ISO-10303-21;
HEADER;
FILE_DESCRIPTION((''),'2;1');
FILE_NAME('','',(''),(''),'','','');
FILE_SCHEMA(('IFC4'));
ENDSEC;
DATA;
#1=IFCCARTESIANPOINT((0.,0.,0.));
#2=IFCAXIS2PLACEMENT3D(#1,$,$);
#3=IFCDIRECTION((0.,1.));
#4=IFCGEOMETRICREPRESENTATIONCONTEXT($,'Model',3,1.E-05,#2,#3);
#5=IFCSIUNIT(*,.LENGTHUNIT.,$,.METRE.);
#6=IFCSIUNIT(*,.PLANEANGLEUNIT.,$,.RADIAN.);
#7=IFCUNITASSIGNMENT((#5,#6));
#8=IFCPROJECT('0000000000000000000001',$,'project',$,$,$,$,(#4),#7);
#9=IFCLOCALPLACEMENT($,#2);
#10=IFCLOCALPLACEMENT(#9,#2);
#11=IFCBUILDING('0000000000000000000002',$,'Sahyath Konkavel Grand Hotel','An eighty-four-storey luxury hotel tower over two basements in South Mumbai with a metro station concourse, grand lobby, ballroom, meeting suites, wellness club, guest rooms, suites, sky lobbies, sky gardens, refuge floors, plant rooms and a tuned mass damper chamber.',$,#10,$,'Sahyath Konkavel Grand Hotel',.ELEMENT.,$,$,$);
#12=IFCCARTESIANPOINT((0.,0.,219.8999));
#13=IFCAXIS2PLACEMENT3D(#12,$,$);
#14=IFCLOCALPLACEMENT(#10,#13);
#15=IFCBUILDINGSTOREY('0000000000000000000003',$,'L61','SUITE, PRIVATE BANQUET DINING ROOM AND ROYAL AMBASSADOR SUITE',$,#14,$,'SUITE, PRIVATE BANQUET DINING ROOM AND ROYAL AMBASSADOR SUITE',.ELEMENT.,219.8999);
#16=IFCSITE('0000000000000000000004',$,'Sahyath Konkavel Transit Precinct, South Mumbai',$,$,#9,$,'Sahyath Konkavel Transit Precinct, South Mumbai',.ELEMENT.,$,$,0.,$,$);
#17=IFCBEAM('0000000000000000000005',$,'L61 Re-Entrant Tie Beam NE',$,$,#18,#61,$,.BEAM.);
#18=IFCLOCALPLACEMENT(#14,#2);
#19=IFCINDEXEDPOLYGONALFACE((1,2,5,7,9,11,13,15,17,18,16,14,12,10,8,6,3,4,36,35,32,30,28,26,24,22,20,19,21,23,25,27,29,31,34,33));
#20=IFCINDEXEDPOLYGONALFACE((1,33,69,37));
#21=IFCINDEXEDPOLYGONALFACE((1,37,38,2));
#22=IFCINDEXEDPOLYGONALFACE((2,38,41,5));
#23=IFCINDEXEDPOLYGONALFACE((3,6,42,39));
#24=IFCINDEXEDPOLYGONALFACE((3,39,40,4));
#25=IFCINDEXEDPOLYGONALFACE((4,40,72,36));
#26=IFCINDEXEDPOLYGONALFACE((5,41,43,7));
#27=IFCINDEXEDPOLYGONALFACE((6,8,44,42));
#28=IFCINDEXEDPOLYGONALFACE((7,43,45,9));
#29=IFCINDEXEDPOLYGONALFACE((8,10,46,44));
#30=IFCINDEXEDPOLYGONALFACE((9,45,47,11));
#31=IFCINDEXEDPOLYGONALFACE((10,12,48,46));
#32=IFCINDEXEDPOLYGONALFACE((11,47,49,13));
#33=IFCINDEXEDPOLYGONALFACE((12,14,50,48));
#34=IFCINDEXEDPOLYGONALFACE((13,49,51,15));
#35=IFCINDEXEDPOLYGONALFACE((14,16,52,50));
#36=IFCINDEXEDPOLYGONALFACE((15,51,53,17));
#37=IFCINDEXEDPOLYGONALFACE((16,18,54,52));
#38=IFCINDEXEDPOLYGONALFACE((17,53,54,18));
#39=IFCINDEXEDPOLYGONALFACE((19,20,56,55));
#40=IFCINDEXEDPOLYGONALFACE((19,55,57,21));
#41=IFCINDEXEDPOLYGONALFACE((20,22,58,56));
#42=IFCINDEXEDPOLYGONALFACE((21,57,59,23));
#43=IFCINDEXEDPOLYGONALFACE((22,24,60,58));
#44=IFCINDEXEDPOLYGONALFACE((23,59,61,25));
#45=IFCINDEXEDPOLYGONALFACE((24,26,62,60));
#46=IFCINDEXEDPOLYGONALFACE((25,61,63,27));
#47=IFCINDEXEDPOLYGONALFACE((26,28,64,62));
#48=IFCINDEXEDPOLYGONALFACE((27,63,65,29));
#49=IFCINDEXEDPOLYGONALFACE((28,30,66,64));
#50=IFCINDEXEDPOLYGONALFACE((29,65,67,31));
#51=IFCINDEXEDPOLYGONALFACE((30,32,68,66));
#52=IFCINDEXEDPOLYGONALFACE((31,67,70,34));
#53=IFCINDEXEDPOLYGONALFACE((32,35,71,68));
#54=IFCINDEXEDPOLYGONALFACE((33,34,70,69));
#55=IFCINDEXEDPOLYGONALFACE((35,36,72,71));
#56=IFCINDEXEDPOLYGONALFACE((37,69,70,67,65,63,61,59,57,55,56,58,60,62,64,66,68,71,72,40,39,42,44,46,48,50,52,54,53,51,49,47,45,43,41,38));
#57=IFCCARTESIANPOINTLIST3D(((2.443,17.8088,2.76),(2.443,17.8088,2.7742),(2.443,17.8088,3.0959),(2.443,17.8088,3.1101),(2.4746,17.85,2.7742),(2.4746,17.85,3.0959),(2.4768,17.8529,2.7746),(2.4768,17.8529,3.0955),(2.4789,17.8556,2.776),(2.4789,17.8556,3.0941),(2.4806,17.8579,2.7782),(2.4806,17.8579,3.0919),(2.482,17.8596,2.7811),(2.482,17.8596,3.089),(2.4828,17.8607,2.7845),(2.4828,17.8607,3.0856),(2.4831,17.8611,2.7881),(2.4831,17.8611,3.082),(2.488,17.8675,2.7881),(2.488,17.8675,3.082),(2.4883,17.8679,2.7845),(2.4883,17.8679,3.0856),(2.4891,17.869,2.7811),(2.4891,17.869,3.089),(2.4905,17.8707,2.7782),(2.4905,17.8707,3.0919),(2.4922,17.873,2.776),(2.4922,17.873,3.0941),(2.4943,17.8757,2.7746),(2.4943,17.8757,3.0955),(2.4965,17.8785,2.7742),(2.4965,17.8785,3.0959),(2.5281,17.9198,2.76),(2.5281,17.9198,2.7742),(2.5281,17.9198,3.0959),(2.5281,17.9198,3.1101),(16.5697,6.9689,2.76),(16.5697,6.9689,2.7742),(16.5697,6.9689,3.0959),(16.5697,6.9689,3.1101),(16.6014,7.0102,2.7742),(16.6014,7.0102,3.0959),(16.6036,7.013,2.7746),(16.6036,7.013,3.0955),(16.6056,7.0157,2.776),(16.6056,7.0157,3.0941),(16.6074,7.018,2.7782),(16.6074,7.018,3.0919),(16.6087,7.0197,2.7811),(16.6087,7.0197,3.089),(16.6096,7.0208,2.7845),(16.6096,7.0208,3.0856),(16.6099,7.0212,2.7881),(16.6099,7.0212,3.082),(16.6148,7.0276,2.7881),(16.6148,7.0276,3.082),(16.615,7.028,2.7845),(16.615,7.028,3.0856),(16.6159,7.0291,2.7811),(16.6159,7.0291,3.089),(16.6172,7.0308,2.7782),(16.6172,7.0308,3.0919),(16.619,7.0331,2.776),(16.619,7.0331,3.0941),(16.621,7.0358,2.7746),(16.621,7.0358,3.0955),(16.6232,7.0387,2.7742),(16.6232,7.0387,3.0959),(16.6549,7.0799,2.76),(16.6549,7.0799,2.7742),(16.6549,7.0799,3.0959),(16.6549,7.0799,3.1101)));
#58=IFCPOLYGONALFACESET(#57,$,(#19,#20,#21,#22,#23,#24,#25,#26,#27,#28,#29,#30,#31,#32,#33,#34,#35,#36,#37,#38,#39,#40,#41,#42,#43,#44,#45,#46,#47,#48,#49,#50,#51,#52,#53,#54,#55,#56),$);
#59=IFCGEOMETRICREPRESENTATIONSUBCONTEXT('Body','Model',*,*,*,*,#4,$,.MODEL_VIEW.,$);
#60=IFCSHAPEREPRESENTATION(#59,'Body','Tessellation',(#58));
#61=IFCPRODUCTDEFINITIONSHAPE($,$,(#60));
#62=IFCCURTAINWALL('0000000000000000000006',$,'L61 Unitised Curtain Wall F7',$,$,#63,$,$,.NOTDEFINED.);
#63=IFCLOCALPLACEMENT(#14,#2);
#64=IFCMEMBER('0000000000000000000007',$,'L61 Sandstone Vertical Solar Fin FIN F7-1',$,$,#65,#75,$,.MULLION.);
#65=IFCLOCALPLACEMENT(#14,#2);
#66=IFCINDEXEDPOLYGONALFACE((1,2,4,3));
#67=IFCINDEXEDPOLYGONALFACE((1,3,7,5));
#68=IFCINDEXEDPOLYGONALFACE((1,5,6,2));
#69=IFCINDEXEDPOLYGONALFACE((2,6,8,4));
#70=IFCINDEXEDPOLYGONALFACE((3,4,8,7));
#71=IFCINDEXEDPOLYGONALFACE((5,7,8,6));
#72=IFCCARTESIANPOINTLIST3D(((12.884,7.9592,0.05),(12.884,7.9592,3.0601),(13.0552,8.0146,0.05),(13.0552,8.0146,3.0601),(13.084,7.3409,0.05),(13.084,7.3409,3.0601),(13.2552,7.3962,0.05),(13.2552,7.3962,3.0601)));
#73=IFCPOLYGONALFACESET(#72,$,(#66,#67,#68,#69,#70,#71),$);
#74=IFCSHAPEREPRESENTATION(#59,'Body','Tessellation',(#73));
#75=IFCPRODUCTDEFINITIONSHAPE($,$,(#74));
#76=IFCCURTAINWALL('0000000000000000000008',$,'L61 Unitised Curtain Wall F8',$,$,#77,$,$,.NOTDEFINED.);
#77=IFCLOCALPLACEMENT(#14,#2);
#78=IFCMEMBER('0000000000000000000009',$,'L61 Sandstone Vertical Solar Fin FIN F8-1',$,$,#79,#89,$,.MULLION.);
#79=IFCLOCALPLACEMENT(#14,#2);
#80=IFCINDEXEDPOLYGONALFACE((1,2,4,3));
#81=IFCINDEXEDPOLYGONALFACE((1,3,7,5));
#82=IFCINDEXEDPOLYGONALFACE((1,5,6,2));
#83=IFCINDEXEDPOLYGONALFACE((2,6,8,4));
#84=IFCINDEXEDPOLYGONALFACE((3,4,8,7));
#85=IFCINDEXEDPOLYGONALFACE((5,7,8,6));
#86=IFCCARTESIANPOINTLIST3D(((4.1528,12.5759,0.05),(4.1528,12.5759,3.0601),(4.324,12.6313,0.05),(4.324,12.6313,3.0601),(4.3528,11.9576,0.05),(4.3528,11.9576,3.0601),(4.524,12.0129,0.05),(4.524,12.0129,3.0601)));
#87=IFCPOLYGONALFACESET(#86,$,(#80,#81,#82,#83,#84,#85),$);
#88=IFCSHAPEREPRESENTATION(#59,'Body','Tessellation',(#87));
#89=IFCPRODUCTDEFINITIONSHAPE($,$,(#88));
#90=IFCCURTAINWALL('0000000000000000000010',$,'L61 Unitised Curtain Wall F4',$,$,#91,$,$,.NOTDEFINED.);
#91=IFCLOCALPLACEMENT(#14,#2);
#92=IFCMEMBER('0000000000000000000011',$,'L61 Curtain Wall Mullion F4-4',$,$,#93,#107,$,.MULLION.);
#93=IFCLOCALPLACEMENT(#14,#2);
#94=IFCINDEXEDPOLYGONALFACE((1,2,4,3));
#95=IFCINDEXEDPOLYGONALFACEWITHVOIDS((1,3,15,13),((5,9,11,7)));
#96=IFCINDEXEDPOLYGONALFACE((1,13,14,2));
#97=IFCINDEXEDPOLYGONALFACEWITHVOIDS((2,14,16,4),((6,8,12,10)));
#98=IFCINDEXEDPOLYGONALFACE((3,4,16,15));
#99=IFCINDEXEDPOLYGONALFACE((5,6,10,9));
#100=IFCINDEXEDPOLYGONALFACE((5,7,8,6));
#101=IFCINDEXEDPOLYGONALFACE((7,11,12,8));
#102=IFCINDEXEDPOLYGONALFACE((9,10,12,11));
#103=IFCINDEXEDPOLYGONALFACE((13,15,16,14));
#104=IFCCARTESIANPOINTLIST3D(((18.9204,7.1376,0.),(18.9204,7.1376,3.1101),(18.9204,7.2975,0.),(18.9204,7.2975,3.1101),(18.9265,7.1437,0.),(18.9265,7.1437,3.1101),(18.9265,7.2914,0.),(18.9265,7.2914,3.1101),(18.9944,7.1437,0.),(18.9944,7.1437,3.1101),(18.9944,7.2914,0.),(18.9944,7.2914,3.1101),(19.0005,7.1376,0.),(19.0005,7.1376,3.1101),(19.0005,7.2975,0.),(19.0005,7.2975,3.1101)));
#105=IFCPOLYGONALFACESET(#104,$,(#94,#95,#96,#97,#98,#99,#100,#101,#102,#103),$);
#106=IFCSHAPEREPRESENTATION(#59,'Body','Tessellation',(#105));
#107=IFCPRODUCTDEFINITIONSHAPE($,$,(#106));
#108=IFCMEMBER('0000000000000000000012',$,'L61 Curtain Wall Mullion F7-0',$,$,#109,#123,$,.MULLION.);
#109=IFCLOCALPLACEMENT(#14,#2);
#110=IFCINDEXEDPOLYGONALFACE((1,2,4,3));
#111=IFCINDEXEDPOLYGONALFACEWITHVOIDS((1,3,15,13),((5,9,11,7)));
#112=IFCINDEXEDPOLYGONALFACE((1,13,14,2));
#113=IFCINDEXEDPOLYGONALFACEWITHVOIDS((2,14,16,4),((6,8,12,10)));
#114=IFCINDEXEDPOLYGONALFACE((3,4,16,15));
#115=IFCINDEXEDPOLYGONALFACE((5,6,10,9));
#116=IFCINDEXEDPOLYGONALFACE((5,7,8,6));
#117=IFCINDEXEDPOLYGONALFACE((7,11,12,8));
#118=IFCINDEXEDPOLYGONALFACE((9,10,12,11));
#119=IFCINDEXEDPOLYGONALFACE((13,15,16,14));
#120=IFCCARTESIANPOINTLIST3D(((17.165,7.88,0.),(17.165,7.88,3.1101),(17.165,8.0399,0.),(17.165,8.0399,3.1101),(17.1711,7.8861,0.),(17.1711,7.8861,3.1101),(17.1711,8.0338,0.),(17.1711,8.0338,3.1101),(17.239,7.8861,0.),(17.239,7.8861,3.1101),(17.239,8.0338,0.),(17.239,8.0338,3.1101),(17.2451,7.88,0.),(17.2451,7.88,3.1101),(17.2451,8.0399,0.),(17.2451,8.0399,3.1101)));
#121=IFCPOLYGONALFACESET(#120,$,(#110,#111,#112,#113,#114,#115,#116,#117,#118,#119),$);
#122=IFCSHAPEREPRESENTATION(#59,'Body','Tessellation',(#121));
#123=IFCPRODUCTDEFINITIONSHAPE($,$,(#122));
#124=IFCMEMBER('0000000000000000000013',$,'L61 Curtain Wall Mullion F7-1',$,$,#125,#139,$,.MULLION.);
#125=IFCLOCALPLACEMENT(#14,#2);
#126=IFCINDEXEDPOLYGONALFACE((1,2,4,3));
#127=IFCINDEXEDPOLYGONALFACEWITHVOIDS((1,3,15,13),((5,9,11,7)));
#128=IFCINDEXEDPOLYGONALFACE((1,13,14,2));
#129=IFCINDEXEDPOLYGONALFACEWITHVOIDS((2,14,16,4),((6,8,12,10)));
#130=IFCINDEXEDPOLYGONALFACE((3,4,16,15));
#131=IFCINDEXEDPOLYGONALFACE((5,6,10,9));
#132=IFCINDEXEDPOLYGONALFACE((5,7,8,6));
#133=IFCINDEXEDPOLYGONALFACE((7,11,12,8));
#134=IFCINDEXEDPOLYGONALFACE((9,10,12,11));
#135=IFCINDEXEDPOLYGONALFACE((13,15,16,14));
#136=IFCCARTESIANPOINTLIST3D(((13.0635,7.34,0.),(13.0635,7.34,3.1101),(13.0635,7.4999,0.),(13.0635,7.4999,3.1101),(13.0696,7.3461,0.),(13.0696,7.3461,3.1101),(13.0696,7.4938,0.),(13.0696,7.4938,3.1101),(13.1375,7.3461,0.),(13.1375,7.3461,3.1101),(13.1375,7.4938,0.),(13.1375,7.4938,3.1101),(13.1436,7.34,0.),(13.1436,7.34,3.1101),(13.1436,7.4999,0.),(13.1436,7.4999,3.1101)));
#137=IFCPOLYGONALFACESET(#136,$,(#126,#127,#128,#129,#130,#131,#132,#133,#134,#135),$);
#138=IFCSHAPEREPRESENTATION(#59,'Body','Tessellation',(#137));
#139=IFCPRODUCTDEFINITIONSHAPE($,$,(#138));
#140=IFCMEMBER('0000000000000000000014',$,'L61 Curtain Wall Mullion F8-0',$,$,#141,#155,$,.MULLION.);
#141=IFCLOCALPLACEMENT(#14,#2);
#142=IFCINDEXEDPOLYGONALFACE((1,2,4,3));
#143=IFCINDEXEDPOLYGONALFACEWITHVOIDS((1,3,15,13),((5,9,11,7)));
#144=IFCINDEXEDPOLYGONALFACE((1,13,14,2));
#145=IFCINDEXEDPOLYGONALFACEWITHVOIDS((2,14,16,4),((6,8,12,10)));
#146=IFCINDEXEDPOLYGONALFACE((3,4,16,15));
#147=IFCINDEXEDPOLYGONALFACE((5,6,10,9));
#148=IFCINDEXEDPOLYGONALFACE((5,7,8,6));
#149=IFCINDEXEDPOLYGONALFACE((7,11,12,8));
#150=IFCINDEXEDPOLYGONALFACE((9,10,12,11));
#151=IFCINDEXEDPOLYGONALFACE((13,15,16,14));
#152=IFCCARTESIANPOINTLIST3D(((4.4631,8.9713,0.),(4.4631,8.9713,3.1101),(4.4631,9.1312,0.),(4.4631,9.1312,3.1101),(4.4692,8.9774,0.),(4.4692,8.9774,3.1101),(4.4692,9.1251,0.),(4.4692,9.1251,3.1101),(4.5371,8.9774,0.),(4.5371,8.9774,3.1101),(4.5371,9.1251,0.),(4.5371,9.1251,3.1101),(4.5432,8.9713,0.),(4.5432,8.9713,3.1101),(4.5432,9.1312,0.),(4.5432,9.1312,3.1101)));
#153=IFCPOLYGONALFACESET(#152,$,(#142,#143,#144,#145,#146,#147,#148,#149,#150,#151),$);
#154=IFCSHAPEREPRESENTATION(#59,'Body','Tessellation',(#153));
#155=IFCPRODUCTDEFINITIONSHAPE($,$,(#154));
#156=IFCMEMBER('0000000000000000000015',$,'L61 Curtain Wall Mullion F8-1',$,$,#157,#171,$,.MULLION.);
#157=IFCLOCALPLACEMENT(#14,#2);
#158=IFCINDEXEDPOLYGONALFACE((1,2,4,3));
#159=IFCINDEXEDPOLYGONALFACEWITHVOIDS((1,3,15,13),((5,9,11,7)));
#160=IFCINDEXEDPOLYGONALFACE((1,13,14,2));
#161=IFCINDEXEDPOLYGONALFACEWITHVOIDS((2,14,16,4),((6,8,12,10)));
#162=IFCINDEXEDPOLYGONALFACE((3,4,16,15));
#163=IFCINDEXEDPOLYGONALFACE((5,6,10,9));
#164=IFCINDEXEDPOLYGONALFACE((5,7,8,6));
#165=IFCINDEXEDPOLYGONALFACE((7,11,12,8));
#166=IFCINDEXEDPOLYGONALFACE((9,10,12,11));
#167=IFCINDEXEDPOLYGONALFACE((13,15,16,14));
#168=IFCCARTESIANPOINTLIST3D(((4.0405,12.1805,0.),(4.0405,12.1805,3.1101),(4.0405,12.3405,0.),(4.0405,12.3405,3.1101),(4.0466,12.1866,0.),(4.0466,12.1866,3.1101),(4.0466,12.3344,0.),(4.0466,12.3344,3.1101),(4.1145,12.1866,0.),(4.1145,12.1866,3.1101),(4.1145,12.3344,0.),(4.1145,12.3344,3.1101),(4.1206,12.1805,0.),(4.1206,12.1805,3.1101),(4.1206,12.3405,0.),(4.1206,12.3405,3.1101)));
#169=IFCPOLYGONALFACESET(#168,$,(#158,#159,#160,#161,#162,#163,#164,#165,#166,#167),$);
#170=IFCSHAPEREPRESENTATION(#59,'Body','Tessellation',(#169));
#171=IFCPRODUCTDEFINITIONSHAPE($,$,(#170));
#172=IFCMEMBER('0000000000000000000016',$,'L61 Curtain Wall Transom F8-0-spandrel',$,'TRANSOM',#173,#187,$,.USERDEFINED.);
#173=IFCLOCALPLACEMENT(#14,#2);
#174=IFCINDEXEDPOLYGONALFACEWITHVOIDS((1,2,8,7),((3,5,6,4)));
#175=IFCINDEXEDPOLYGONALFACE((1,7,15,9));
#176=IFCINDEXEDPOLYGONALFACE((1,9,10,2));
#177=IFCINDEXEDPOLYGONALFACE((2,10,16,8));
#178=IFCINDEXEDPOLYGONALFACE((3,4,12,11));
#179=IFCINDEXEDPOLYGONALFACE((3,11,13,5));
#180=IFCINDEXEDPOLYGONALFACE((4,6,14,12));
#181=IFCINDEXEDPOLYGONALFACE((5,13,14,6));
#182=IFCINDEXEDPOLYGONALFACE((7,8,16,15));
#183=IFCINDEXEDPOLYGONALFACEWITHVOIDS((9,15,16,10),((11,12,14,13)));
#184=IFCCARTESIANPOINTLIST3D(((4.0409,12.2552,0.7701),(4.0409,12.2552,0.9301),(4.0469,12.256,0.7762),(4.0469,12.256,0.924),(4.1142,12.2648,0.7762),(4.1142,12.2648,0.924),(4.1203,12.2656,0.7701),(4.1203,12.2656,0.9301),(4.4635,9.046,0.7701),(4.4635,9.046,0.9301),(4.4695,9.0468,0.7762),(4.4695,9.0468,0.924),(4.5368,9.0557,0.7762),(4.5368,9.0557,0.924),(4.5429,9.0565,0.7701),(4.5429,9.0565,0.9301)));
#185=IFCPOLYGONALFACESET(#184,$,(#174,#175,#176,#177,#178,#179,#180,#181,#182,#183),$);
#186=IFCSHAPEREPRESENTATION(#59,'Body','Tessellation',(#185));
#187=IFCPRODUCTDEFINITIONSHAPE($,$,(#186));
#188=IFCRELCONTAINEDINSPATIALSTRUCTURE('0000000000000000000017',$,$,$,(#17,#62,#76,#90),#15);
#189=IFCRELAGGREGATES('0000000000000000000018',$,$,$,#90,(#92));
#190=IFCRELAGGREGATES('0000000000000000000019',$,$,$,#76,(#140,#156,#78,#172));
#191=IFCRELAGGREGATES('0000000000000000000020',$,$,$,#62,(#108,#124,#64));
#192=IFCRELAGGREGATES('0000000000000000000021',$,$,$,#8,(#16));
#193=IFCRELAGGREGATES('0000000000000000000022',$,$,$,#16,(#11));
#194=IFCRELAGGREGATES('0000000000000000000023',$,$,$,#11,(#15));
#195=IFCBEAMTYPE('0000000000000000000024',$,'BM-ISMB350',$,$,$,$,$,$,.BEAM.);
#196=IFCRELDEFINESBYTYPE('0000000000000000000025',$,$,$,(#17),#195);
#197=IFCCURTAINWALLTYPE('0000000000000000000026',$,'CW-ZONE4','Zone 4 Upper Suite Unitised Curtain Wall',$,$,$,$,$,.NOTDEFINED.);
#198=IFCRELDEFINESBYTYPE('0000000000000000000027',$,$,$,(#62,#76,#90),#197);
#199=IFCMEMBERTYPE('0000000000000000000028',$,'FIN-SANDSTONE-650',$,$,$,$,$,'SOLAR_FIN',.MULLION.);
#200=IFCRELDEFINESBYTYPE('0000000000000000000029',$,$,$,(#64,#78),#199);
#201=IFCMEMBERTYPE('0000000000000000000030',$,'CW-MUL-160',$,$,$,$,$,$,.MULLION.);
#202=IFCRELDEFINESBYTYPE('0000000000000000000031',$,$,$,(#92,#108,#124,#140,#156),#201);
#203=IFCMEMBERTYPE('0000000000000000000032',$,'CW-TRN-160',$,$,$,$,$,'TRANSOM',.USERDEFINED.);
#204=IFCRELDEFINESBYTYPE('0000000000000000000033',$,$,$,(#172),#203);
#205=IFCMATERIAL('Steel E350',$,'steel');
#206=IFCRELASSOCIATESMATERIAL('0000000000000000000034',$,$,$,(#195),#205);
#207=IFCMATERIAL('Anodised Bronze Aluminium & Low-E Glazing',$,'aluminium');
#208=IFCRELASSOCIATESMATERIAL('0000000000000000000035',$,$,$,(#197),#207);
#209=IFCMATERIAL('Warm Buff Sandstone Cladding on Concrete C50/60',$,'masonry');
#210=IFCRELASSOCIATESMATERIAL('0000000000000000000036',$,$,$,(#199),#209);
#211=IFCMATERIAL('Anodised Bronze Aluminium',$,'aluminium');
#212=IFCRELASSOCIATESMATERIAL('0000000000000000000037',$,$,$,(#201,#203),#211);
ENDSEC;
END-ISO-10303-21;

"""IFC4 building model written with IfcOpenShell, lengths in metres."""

from ifc_helpers import new_model, si_unit, direction, frame, origin, origin_2d, place, context, subcontext, project, spatial, rectangle, hollow_rectangle, i_section, extrude, source, transform, mapped, material, material_profile, profile_set, type_object, element, aggregate, save


model = new_model("IFC4")

# Units and contexts
model_context = context("Model", 3, precision=1e-05, world=origin(), true_north=direction((0.0, 1.0)))
body_context = subcontext(model_context, "Body", "Model", "MODEL_VIEW")
ifc_project = project(units=[si_unit("LENGTHUNIT", "METRE"), si_unit("PLANEANGLEUNIT", "RADIAN")], contexts=[model_context])

# Site, building, storey
site_placement = place(None, origin())
site = spatial("IfcSite", under=ifc_project, at=site_placement, Name="Sahyath Konkavel Transit Precinct, South Mumbai", LongName="Sahyath Konkavel Transit Precinct, South Mumbai", CompositionType="ELEMENT", RefElevation=0.0)
building_placement = place(site_placement, origin())
building = spatial("IfcBuilding", under=site, at=building_placement, Name="Sahyath Konkavel Grand Hotel", Description="An eighty-four-storey luxury hotel tower over two basements in South Mumbai with a metro station concourse, grand lobby, ballroom, meeting suites, wellness club, guest rooms, suites, sky lobbies, sky gardens, refuge floors, plant rooms and a tuned mass damper chamber.", LongName="Sahyath Konkavel Grand Hotel", CompositionType="ELEMENT")
storey_placement = place(building_placement, frame((0.0, 0.0, 219.8999)))
storey = spatial("IfcBuildingStorey", under=building, at=storey_placement, Name="L61", Description="SUITE, PRIVATE BANQUET DINING ROOM AND ROYAL AMBASSADOR SUITE", LongName="SUITE, PRIVATE BANQUET DINING ROOM AND ROYAL AMBASSADOR SUITE", CompositionType="ELEMENT", Elevation=219.8999)

# Beam
ifc_material_1 = material(Name="Steel E350", Category="steel")
ifc_material_profile_1 = material_profile(ifc_material_1, i_section(OverallWidth=0.1399, OverallDepth=0.3501, WebThickness=0.0081, FlangeThickness=0.0142, FilletRadius=0.0139, at=origin_2d()), Name="ISMB 350")
ifc_profile_set_1 = profile_set([ifc_material_profile_1], Name="Steel E350")
beam_type = type_object("IfcBeamType", Name="BM-ISMB350", PredefinedType="BEAM", material=ifc_profile_set_1)
shared_shape_1 = source(origin(), body_context, "Body", "SweptSolid", [
    extrude(i_section(OverallWidth=0.1399, OverallDepth=0.3501, WebThickness=0.0081, FlangeThickness=0.0142, FilletRadius=0.0139, at=origin_2d()), origin(), (0.0, 0.0, 1.0), 17.8064),
])
beam_placement = place(storey_placement, frame((16.6123, 7.0244, 2.9351), z_axis=(-0.793352, 0.608763, 0.0), x_axis=(-0.608763, -0.793352, 0.0)))
element("IfcBeam", 1, at=beam_placement, inside=storey, type_object=beam_type, Name="L61 Re-Entrant Tie Beam NE", PredefinedType="BEAM", context=body_context, shape_type="MappedRepresentation", body=[
    mapped(shared_shape_1, transform((0.0, 0.0, 0.0), scale=1.0)),
])

# Curtain walls, members
ifc_material_2 = material(Name="Anodised Bronze Aluminium & Low-E Glazing", Category="aluminium")
curtain_wall_type = type_object("IfcCurtainWallType", Name="CW-ZONE4", Description="Zone 4 Upper Suite Unitised Curtain Wall", PredefinedType="NOTDEFINED", material=ifc_material_2)
curtain_wall_1_placement = place(storey_placement, origin())
curtain_wall_1 = element("IfcCurtainWall", 2, at=curtain_wall_1_placement, inside=storey, type_object=curtain_wall_type, Name="L61 Unitised Curtain Wall F7", PredefinedType="NOTDEFINED")
ifc_material_3 = material(Name="Warm Buff Sandstone Cladding on Concrete C50/60", Category="masonry")
ifc_material_profile_2 = material_profile(ifc_material_3, rectangle(XDim=0.1799, YDim=0.6499, at=origin_2d()), Name="FIN 180x650")
ifc_profile_set_2 = profile_set([ifc_material_profile_2], Name="Warm Buff Sandstone Cladding on Concrete C50/60")
member_type_1 = type_object("IfcMemberType", Name="FIN-SANDSTONE-650", ElementType="SOLAR_FIN", PredefinedType="MULLION", material=ifc_profile_set_2)
shared_shape_2 = source(origin(), body_context, "Body", "SweptSolid", [
    extrude(rectangle(XDim=0.1799, YDim=0.6499, at=origin_2d()), origin(), (0.0, 0.0, 1.0), 3.01),
])
member_1_placement = place(storey_placement, frame((13.0696, 7.6777, 0.05), z_axis=(0.0, 0.0, 1.0), x_axis=(0.951487, 0.307689, 0.0)))
member_1 = element("IfcMember", 3, at=member_1_placement, type_object=member_type_1, Name="L61 Sandstone Vertical Solar Fin FIN F7-1", PredefinedType="MULLION", context=body_context, shape_type="MappedRepresentation", body=[
    mapped(shared_shape_2, transform((0.0, 0.0, 0.0), scale=1.0)),
])
curtain_wall_2_placement = place(storey_placement, origin())
curtain_wall_2 = element("IfcCurtainWall", 4, at=curtain_wall_2_placement, inside=storey, type_object=curtain_wall_type, Name="L61 Unitised Curtain Wall F8", PredefinedType="NOTDEFINED")
member_2_placement = place(storey_placement, frame((4.3384, 12.2944, 0.05), z_axis=(0.0, 0.0, 1.0), x_axis=(0.951487, 0.307689, 0.0)))
member_2 = element("IfcMember", 5, at=member_2_placement, type_object=member_type_1, Name="L61 Sandstone Vertical Solar Fin FIN F8-1", PredefinedType="MULLION", context=body_context, shape_type="MappedRepresentation", body=[
    mapped(shared_shape_2, transform((0.0, 0.0, 0.0), scale=1.0)),
])
curtain_wall_3_placement = place(storey_placement, origin())
curtain_wall_3 = element("IfcCurtainWall", 6, at=curtain_wall_3_placement, inside=storey, type_object=curtain_wall_type, Name="L61 Unitised Curtain Wall F4", PredefinedType="NOTDEFINED")
ifc_material_4 = material(Name="Anodised Bronze Aluminium", Category="aluminium")
ifc_material_profile_3 = material_profile(ifc_material_4, hollow_rectangle(XDim=0.0801, YDim=0.1599, WallThickness=0.0061, at=origin_2d()), Name="RHS 160x80x6")
ifc_profile_set_3 = profile_set([ifc_material_profile_3], Name="Anodised Bronze Aluminium")
member_type_2 = type_object("IfcMemberType", Name="CW-MUL-160", PredefinedType="MULLION", material=ifc_profile_set_3)
shared_shape_3 = source(origin(), body_context, "Body", "SweptSolid", [
    extrude(hollow_rectangle(XDim=0.0801, YDim=0.1599, WallThickness=0.0061, at=origin_2d()), origin(), (0.0, 0.0, 1.0), 3.1101),
])
member_3_placement = place(storey_placement, frame((18.9604, 7.2175, 0.0), z_axis=(0.0, 0.0, 1.0), x_axis=(1.0, 0.0, 0.0)))
member_3 = element("IfcMember", 7, at=member_3_placement, type_object=member_type_2, Name="L61 Curtain Wall Mullion F4-4", PredefinedType="MULLION", context=body_context, shape_type="MappedRepresentation", body=[
    mapped(shared_shape_3, transform((0.0, 0.0, 0.0), scale=1.0)),
])
aggregate(curtain_wall_3, [member_3])

# Members
member_4_placement = place(storey_placement, frame((17.2051, 7.96, 0.0), z_axis=(0.0, 0.0, 1.0), x_axis=(1.0, 0.0, 0.0)))
member_4 = element("IfcMember", 8, at=member_4_placement, type_object=member_type_2, Name="L61 Curtain Wall Mullion F7-0", PredefinedType="MULLION", context=body_context, shape_type="MappedRepresentation", body=[
    mapped(shared_shape_3, transform((0.0, 0.0, 0.0), scale=1.0)),
])
member_5_placement = place(storey_placement, frame((13.1035, 7.4199, 0.0), z_axis=(0.0, 0.0, 1.0), x_axis=(1.0, 0.0, 0.0)))
member_5 = element("IfcMember", 9, at=member_5_placement, type_object=member_type_2, Name="L61 Curtain Wall Mullion F7-1", PredefinedType="MULLION", context=body_context, shape_type="MappedRepresentation", body=[
    mapped(shared_shape_3, transform((0.0, 0.0, 0.0), scale=1.0)),
])
member_6_placement = place(storey_placement, frame((4.5032, 9.0513, 0.0), z_axis=(0.0, 0.0, 1.0), x_axis=(1.0, 0.0, 0.0)))
member_6 = element("IfcMember", 10, at=member_6_placement, type_object=member_type_2, Name="L61 Curtain Wall Mullion F8-0", PredefinedType="MULLION", context=body_context, shape_type="MappedRepresentation", body=[
    mapped(shared_shape_3, transform((0.0, 0.0, 0.0), scale=1.0)),
])
member_7_placement = place(storey_placement, frame((4.0806, 12.2605, 0.0), z_axis=(0.0, 0.0, 1.0), x_axis=(1.0, 0.0, 0.0)))
member_7 = element("IfcMember", 11, at=member_7_placement, type_object=member_type_2, Name="L61 Curtain Wall Mullion F8-1", PredefinedType="MULLION", context=body_context, shape_type="MappedRepresentation", body=[
    mapped(shared_shape_3, transform((0.0, 0.0, 0.0), scale=1.0)),
])
ifc_material_profile_4 = material_profile(ifc_material_4, hollow_rectangle(XDim=0.0801, YDim=0.1599, WallThickness=0.0061, at=origin_2d()), Name="RHS 160x80x6")
ifc_profile_set_4 = profile_set([ifc_material_profile_4], Name="Anodised Bronze Aluminium")
member_type_3 = type_object("IfcMemberType", Name="CW-TRN-160", ElementType="TRANSOM", PredefinedType="USERDEFINED", material=ifc_profile_set_4)
shared_shape_4 = source(origin(), body_context, "Body", "SweptSolid", [
    extrude(hollow_rectangle(XDim=0.0801, YDim=0.1599, WallThickness=0.0061, at=origin_2d()), origin(), (0.0, 0.0, 1.0), 3.2368),
])
member_8_placement = place(storey_placement, frame((4.5032, 9.0513, 0.8501), z_axis=(-0.130558, 0.991441, 0.0), x_axis=(-0.991441, -0.130558, 0.0)))
member_8 = element("IfcMember", 12, at=member_8_placement, type_object=member_type_3, Name="L61 Curtain Wall Transom F8-0-spandrel", ObjectType="TRANSOM", PredefinedType="USERDEFINED", context=body_context, shape_type="MappedRepresentation", body=[
    mapped(shared_shape_4, transform((0.0, 0.0, 0.0), scale=1.0)),
])

aggregate(curtain_wall_2, [member_6, member_7, member_2, member_8])
aggregate(curtain_wall_1, [member_4, member_5, member_1])

save(model, "model.ifc")
